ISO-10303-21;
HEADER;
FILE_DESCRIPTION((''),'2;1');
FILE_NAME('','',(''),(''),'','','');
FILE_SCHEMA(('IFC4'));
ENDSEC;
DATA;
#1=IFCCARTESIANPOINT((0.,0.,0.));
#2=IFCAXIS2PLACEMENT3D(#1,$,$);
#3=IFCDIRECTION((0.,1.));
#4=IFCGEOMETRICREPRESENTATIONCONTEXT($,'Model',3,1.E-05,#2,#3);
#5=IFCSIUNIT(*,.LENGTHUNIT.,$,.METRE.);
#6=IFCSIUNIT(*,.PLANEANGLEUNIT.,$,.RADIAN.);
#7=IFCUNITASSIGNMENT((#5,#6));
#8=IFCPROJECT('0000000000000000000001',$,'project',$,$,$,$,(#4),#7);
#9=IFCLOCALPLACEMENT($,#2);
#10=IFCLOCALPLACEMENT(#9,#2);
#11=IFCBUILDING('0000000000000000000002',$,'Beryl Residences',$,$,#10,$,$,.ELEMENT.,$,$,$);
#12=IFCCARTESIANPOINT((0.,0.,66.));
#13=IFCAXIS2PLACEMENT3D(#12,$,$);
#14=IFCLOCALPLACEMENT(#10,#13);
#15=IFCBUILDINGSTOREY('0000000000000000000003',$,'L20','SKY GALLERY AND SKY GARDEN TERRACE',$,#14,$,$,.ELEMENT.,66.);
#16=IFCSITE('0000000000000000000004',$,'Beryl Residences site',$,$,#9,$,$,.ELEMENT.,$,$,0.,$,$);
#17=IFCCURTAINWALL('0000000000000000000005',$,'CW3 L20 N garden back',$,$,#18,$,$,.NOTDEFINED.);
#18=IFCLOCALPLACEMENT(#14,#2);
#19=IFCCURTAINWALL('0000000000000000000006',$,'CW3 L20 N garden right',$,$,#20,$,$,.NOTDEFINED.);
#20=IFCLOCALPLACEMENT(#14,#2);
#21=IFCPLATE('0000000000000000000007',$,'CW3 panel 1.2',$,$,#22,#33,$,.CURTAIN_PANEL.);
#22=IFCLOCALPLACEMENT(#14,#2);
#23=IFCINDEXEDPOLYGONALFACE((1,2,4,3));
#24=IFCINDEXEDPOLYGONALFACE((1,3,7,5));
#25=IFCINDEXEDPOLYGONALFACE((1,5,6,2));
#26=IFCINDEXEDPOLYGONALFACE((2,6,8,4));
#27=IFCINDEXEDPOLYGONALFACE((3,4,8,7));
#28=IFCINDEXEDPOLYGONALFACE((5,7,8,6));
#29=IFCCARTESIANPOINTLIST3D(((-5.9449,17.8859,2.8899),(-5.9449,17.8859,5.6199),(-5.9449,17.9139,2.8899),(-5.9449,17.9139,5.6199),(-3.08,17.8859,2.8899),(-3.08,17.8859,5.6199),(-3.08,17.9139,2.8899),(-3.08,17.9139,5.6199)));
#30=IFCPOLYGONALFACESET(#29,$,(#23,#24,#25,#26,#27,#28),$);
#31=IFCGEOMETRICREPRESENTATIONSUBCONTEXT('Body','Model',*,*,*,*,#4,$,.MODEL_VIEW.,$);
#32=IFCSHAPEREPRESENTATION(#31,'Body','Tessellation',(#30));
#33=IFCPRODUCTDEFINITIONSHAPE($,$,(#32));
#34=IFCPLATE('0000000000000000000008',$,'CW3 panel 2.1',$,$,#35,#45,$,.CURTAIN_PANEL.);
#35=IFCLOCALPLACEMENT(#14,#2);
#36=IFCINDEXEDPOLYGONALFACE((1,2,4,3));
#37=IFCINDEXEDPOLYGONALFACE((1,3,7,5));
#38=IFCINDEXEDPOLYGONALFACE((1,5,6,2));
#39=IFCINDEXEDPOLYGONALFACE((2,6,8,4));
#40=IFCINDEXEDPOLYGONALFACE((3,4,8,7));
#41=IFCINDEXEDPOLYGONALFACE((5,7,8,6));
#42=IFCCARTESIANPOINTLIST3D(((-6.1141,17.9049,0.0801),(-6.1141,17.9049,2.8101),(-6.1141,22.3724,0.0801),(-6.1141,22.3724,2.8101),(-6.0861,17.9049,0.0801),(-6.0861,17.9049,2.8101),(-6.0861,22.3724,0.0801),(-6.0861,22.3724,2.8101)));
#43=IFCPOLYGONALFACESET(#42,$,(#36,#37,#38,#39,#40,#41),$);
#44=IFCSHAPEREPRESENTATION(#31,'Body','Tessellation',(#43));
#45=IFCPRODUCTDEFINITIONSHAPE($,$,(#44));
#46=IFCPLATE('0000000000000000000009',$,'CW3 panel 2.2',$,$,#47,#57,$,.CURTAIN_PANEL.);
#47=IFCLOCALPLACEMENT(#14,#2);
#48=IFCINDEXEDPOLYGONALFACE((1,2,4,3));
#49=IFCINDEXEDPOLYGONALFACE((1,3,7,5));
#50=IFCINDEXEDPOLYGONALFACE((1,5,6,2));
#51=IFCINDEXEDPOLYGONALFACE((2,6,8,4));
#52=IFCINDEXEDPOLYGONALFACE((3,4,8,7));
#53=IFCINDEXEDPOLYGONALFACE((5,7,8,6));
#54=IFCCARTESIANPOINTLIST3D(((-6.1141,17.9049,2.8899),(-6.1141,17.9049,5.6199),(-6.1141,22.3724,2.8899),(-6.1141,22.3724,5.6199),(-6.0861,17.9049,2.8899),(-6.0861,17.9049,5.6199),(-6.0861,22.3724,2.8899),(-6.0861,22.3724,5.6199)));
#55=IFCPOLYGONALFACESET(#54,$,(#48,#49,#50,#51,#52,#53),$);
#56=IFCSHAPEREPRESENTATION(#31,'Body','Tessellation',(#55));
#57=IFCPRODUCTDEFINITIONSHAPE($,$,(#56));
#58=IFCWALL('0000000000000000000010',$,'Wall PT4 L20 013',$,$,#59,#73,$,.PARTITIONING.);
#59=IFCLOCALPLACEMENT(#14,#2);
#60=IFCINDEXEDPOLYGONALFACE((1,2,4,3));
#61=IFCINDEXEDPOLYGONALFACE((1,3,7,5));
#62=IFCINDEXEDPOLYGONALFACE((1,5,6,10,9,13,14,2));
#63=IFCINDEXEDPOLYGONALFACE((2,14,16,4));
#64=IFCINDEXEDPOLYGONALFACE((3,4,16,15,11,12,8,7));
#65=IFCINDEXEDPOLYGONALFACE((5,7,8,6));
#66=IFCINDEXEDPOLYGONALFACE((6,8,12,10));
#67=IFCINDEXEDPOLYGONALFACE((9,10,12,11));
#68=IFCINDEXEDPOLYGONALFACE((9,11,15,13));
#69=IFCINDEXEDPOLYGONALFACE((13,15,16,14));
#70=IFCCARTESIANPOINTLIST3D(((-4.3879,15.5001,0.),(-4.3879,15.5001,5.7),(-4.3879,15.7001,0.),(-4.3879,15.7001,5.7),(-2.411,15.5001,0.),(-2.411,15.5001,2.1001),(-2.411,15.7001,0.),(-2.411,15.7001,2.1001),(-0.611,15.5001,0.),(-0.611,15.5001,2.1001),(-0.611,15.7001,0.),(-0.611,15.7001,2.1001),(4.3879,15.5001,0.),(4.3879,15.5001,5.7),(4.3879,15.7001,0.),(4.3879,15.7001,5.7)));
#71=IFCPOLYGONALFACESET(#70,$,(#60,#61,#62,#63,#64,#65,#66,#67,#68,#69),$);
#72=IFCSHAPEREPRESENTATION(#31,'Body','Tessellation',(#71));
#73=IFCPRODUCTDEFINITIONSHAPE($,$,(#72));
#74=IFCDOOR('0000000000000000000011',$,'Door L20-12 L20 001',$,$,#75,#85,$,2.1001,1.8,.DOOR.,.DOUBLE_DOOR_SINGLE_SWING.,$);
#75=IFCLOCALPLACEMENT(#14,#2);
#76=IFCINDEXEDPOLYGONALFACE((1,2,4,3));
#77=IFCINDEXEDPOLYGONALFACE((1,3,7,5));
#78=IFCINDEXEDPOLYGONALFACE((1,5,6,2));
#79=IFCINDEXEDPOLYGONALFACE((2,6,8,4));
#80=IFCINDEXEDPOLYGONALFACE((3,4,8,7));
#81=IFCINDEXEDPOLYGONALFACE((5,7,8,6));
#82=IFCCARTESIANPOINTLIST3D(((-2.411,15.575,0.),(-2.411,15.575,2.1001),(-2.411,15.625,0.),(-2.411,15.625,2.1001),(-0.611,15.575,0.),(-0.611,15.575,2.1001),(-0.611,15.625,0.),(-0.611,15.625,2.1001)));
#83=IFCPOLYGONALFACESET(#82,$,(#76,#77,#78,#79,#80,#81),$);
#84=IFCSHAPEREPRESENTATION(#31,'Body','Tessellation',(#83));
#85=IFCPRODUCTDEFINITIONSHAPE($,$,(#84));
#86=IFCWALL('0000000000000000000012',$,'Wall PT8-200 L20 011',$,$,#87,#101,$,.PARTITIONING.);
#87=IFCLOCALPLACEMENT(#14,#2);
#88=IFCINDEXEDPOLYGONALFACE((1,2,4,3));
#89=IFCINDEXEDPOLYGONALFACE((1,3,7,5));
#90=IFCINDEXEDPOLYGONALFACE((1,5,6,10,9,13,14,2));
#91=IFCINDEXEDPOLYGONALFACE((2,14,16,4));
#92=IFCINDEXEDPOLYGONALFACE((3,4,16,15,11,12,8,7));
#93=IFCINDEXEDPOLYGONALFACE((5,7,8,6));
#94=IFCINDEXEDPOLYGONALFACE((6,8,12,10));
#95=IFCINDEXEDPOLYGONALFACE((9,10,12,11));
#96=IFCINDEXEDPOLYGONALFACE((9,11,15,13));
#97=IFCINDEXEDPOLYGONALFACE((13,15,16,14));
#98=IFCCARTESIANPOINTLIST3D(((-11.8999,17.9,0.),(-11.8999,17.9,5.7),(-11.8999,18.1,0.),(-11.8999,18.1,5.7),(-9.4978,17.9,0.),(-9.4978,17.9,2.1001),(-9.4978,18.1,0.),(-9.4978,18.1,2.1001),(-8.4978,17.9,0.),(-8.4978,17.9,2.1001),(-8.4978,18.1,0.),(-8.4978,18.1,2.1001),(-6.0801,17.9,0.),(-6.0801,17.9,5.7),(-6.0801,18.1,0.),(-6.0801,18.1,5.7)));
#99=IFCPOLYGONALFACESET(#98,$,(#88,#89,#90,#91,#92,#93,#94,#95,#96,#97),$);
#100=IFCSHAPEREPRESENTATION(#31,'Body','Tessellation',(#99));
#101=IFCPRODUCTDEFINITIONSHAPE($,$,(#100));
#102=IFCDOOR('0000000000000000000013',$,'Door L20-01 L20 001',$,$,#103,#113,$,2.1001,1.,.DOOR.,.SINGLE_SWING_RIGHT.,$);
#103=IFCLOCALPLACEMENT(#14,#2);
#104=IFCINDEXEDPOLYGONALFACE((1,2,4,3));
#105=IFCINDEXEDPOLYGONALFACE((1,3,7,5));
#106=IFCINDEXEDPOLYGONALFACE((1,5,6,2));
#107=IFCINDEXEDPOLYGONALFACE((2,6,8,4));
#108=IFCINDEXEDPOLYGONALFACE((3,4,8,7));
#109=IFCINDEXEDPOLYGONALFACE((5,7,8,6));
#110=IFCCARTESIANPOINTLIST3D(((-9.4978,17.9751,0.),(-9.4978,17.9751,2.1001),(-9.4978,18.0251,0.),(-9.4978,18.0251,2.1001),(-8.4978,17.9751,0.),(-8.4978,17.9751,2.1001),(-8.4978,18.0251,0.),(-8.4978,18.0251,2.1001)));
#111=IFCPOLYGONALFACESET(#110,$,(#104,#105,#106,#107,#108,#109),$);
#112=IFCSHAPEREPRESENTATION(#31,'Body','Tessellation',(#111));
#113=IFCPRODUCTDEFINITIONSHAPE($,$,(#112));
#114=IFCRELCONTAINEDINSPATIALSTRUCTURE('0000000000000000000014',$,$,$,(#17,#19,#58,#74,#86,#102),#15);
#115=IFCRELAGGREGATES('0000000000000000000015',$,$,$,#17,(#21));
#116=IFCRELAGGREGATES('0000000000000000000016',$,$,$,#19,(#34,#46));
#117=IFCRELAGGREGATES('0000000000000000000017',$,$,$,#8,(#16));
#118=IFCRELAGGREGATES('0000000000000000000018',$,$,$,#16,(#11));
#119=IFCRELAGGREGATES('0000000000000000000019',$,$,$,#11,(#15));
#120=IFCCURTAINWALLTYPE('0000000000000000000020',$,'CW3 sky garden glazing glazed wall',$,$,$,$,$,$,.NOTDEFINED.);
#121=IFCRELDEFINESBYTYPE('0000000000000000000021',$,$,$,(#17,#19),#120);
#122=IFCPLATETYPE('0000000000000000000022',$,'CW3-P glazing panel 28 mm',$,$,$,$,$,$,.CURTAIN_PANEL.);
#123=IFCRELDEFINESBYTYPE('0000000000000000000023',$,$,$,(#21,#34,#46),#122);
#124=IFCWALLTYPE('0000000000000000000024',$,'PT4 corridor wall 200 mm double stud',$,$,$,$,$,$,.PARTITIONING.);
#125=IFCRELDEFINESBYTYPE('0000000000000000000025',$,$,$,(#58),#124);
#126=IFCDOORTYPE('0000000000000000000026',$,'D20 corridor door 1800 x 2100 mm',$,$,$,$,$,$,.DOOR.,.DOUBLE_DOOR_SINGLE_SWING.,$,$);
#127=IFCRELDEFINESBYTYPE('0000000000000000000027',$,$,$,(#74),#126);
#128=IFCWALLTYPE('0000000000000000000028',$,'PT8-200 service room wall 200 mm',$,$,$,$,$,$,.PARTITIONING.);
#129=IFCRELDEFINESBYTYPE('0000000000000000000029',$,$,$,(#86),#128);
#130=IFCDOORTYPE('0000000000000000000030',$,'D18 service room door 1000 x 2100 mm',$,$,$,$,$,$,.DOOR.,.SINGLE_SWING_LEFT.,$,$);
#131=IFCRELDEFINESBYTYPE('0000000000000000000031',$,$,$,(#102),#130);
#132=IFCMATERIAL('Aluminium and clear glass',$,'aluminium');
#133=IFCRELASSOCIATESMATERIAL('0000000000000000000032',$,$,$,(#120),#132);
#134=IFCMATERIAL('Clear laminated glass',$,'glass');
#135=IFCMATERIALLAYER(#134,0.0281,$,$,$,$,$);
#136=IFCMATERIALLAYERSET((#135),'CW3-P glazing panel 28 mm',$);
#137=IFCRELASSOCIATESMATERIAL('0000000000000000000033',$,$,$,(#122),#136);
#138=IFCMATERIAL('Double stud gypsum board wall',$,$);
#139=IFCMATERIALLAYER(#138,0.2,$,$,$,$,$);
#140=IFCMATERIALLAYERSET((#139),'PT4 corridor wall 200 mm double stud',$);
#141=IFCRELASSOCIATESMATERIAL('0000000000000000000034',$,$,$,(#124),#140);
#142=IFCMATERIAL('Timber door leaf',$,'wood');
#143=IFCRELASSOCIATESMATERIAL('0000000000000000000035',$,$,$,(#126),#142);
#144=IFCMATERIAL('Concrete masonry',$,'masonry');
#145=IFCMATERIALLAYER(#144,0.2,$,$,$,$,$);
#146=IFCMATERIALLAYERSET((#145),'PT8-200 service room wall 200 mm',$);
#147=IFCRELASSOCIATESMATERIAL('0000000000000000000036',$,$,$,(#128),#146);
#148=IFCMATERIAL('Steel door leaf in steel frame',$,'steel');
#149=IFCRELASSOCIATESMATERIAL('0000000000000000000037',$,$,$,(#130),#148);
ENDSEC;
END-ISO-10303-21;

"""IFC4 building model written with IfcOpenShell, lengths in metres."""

from ifc_helpers import new_model, si_unit, direction, frame, frame_2d, origin, origin_2d, place, context, subcontext, project, spatial, rectangle, extrude, material, layer, layer_set, type_object, element, fill, aggregate, save


model = new_model("IFC4")

# Units and contexts
model_context = context("Model", 3, precision=1e-05, world=origin(), true_north=direction((0.0, 1.0)))
body_context = subcontext(model_context, "Body", "Model", "MODEL_VIEW")
ifc_project = project(units=[si_unit("LENGTHUNIT", "METRE"), si_unit("PLANEANGLEUNIT", "RADIAN")], contexts=[model_context])

# Site, building, storey
site_placement = place(None, origin())
site = spatial("IfcSite", under=ifc_project, at=site_placement, Name="Beryl Residences site", CompositionType="ELEMENT", RefElevation=0.0)
building_placement = place(site_placement, origin())
building = spatial("IfcBuilding", under=site, at=building_placement, Name="Beryl Residences", CompositionType="ELEMENT")
storey_placement = place(building_placement, frame((0.0, 0.0, 66.0)))
storey = spatial("IfcBuildingStorey", under=building, at=storey_placement, Name="L20", Description="SKY GALLERY AND SKY GARDEN TERRACE", CompositionType="ELEMENT", Elevation=66.0)

# Curtain wall
ifc_material_1 = material(Name="Aluminium and clear glass", Category="aluminium")
curtain_wall_type = type_object("IfcCurtainWallType", Name="CW3 sky garden glazing glazed wall", PredefinedType="NOTDEFINED", material=ifc_material_1)
curtain_wall_1_placement = place(storey_placement, origin())
curtain_wall_1 = element("IfcCurtainWall", 1, at=curtain_wall_1_placement, inside=storey, type_object=curtain_wall_type, Name="CW3 L20 N garden back", PredefinedType="NOTDEFINED")

# Curtain wall
curtain_wall_2_placement = place(storey_placement, origin())
curtain_wall_2 = element("IfcCurtainWall", 2, at=curtain_wall_2_placement, inside=storey, type_object=curtain_wall_type, Name="CW3 L20 N garden right", PredefinedType="NOTDEFINED")

# Plates
ifc_material_2 = material(Name="Clear laminated glass", Category="glass")
ifc_layer_1 = layer(ifc_material_2, 0.0281)
ifc_layer_set_1 = layer_set([ifc_layer_1], Name="CW3-P glazing panel 28 mm")
plate_type = type_object("IfcPlateType", Name="CW3-P glazing panel 28 mm", PredefinedType="CURTAIN_PANEL", material=ifc_layer_set_1)
plate_1_placement = place(storey_placement, frame((-4.5125, 17.8999, 2.8899), z_axis=(0.0, 0.0, 1.0), x_axis=(-1.0, 0.0, 0.0)))
plate_1 = element("IfcPlate", 3, at=plate_1_placement, type_object=plate_type, Name="CW3 panel 1.2", PredefinedType="CURTAIN_PANEL", context=body_context, shape_type="SweptSolid", body=[
    extrude(rectangle(XDim=2.865, YDim=0.0281, at=origin_2d()), origin(), (0.0, 0.0, 1.0), 2.73),
])
aggregate(curtain_wall_1, [plate_1])
plate_2_placement = place(storey_placement, frame((-6.1001, 20.1387, 0.0801), z_axis=(0.0, 0.0, 1.0), x_axis=(0.0, -1.0, 0.0)))
plate_2 = element("IfcPlate", 4, at=plate_2_placement, type_object=plate_type, Name="CW3 panel 2.1", PredefinedType="CURTAIN_PANEL", context=body_context, shape_type="SweptSolid", body=[
    extrude(rectangle(XDim=4.4675, YDim=0.0281, at=origin_2d()), origin(), (0.0, 0.0, 1.0), 2.73),
])
plate_3_placement = place(storey_placement, frame((-6.1001, 20.1387, 2.8899), z_axis=(0.0, 0.0, 1.0), x_axis=(0.0, -1.0, 0.0)))
plate_3 = element("IfcPlate", 5, at=plate_3_placement, type_object=plate_type, Name="CW3 panel 2.2", PredefinedType="CURTAIN_PANEL", context=body_context, shape_type="SweptSolid", body=[
    extrude(rectangle(XDim=4.4675, YDim=0.0281, at=origin_2d()), origin(), (0.0, 0.0, 1.0), 2.73),
])
aggregate(curtain_wall_2, [plate_2, plate_3])

# Walls, openings, doors
ifc_material_3 = material(Name="Double stud gypsum board wall")
ifc_layer_2 = layer(ifc_material_3, 0.2)
ifc_layer_set_2 = layer_set([ifc_layer_2], Name="PT4 corridor wall 200 mm double stud")
wall_type_1 = type_object("IfcWallType", Name="PT4 corridor wall 200 mm double stud", PredefinedType="PARTITIONING", material=ifc_layer_set_2)
wall_1_placement = place(storey_placement, frame((-4.3879, 15.6001, 0.0), z_axis=(0.0, 0.0, 1.0), x_axis=(1.0, 0.0, 0.0)))
wall_1 = element("IfcWall", 6, at=wall_1_placement, inside=storey, type_object=wall_type_1, Name="Wall PT4 L20 013", PredefinedType="PARTITIONING", context=body_context, shape_type="SweptSolid", body=[
    extrude(rectangle(XDim=8.7759, YDim=0.2, at=frame_2d((4.3879, 0.0))), origin(), (0.0, 0.0, 1.0), 5.7),
])
opening_1_placement = place(wall_1_placement, frame((1.9771, 0.0, 0.0)))
opening_1 = element("IfcOpeningElement", 7, at=opening_1_placement, cuts=wall_1, PredefinedType="OPENING", context=body_context, shape_type="SweptSolid", body=[
    extrude(rectangle(XDim=1.8, YDim=2.1001, at=frame_2d((0.8999, 1.05))), frame((0.0, 0.1099, 0.0), z_axis=(0.0, -1.0, 0.0), x_axis=(1.0, 0.0, 0.0)), (0.0, 0.0, 1.0), 0.22),
])
ifc_material_4 = material(Name="Timber door leaf", Category="wood")
door_type_1 = type_object("IfcDoorType", Name="D20 corridor door 1800 x 2100 mm", OperationType="DOUBLE_DOOR_SINGLE_SWING", PredefinedType="DOOR", material=ifc_material_4)
door_1_placement = place(opening_1_placement, origin())
door_1 = element("IfcDoor", 8, at=door_1_placement, inside=storey, type_object=door_type_1, Name="Door L20-12 L20 001", OperationType="DOUBLE_DOOR_SINGLE_SWING", OverallHeight=2.1001, OverallWidth=1.8, PredefinedType="DOOR", context=body_context, shape_type="SweptSolid", body=[
    extrude(rectangle(XDim=1.8, YDim=2.1001, at=frame_2d((0.8999, 1.05))), frame((0.0, 0.0249, 0.0), z_axis=(0.0, -1.0, 0.0), x_axis=(1.0, 0.0, 0.0)), (0.0, 0.0, 1.0), 0.05),
])
fill(opening_1, door_1)
ifc_material_5 = material(Name="Concrete masonry", Category="masonry")
ifc_layer_3 = layer(ifc_material_5, 0.2)
ifc_layer_set_3 = layer_set([ifc_layer_3], Name="PT8-200 service room wall 200 mm")
wall_type_2 = type_object("IfcWallType", Name="PT8-200 service room wall 200 mm", PredefinedType="PARTITIONING", material=ifc_layer_set_3)
wall_2_placement = place(storey_placement, frame((-11.8999, 18.0, 0.0), z_axis=(0.0, 0.0, 1.0), x_axis=(1.0, 0.0, 0.0)))
wall_2 = element("IfcWall", 9, at=wall_2_placement, inside=storey, type_object=wall_type_2, Name="Wall PT8-200 L20 011", PredefinedType="PARTITIONING", context=body_context, shape_type="SweptSolid", body=[
    extrude(rectangle(XDim=5.8198, YDim=0.2, at=frame_2d((2.9099, 0.0))), origin(), (0.0, 0.0, 1.0), 5.7),
])
opening_2_placement = place(wall_2_placement, frame((3.4021, 0.0, 0.0), z_axis=(0.0, 0.0, 1.0), x_axis=(-1.0, 0.0, 0.0)))
opening_2 = element("IfcOpeningElement", 10, at=opening_2_placement, cuts=wall_2, PredefinedType="OPENING", context=body_context, shape_type="SweptSolid", body=[
    extrude(rectangle(XDim=1.0, YDim=2.1001, at=frame_2d((0.5, 1.05))), frame((0.0, 0.1099, 0.0), z_axis=(0.0, -1.0, 0.0), x_axis=(1.0, 0.0, 0.0)), (0.0, 0.0, 1.0), 0.22),
])
ifc_material_6 = material(Name="Steel door leaf in steel frame", Category="steel")
door_type_2 = type_object("IfcDoorType", Name="D18 service room door 1000 x 2100 mm", OperationType="SINGLE_SWING_LEFT", PredefinedType="DOOR", material=ifc_material_6)
door_2_placement = place(opening_2_placement, origin())
door_2 = element("IfcDoor", 11, at=door_2_placement, inside=storey, type_object=door_type_2, Name="Door L20-01 L20 001", OperationType="SINGLE_SWING_RIGHT", OverallHeight=2.1001, OverallWidth=1.0, PredefinedType="DOOR", context=body_context, shape_type="SweptSolid", body=[
    extrude(rectangle(XDim=1.0, YDim=2.1001, at=frame_2d((0.5, 1.05))), frame((0.0, 0.0249, 0.0), z_axis=(0.0, -1.0, 0.0), x_axis=(1.0, 0.0, 0.0)), (0.0, 0.0, 1.0), 0.05),
])
fill(opening_2, door_2)

save(model, "model.ifc")
